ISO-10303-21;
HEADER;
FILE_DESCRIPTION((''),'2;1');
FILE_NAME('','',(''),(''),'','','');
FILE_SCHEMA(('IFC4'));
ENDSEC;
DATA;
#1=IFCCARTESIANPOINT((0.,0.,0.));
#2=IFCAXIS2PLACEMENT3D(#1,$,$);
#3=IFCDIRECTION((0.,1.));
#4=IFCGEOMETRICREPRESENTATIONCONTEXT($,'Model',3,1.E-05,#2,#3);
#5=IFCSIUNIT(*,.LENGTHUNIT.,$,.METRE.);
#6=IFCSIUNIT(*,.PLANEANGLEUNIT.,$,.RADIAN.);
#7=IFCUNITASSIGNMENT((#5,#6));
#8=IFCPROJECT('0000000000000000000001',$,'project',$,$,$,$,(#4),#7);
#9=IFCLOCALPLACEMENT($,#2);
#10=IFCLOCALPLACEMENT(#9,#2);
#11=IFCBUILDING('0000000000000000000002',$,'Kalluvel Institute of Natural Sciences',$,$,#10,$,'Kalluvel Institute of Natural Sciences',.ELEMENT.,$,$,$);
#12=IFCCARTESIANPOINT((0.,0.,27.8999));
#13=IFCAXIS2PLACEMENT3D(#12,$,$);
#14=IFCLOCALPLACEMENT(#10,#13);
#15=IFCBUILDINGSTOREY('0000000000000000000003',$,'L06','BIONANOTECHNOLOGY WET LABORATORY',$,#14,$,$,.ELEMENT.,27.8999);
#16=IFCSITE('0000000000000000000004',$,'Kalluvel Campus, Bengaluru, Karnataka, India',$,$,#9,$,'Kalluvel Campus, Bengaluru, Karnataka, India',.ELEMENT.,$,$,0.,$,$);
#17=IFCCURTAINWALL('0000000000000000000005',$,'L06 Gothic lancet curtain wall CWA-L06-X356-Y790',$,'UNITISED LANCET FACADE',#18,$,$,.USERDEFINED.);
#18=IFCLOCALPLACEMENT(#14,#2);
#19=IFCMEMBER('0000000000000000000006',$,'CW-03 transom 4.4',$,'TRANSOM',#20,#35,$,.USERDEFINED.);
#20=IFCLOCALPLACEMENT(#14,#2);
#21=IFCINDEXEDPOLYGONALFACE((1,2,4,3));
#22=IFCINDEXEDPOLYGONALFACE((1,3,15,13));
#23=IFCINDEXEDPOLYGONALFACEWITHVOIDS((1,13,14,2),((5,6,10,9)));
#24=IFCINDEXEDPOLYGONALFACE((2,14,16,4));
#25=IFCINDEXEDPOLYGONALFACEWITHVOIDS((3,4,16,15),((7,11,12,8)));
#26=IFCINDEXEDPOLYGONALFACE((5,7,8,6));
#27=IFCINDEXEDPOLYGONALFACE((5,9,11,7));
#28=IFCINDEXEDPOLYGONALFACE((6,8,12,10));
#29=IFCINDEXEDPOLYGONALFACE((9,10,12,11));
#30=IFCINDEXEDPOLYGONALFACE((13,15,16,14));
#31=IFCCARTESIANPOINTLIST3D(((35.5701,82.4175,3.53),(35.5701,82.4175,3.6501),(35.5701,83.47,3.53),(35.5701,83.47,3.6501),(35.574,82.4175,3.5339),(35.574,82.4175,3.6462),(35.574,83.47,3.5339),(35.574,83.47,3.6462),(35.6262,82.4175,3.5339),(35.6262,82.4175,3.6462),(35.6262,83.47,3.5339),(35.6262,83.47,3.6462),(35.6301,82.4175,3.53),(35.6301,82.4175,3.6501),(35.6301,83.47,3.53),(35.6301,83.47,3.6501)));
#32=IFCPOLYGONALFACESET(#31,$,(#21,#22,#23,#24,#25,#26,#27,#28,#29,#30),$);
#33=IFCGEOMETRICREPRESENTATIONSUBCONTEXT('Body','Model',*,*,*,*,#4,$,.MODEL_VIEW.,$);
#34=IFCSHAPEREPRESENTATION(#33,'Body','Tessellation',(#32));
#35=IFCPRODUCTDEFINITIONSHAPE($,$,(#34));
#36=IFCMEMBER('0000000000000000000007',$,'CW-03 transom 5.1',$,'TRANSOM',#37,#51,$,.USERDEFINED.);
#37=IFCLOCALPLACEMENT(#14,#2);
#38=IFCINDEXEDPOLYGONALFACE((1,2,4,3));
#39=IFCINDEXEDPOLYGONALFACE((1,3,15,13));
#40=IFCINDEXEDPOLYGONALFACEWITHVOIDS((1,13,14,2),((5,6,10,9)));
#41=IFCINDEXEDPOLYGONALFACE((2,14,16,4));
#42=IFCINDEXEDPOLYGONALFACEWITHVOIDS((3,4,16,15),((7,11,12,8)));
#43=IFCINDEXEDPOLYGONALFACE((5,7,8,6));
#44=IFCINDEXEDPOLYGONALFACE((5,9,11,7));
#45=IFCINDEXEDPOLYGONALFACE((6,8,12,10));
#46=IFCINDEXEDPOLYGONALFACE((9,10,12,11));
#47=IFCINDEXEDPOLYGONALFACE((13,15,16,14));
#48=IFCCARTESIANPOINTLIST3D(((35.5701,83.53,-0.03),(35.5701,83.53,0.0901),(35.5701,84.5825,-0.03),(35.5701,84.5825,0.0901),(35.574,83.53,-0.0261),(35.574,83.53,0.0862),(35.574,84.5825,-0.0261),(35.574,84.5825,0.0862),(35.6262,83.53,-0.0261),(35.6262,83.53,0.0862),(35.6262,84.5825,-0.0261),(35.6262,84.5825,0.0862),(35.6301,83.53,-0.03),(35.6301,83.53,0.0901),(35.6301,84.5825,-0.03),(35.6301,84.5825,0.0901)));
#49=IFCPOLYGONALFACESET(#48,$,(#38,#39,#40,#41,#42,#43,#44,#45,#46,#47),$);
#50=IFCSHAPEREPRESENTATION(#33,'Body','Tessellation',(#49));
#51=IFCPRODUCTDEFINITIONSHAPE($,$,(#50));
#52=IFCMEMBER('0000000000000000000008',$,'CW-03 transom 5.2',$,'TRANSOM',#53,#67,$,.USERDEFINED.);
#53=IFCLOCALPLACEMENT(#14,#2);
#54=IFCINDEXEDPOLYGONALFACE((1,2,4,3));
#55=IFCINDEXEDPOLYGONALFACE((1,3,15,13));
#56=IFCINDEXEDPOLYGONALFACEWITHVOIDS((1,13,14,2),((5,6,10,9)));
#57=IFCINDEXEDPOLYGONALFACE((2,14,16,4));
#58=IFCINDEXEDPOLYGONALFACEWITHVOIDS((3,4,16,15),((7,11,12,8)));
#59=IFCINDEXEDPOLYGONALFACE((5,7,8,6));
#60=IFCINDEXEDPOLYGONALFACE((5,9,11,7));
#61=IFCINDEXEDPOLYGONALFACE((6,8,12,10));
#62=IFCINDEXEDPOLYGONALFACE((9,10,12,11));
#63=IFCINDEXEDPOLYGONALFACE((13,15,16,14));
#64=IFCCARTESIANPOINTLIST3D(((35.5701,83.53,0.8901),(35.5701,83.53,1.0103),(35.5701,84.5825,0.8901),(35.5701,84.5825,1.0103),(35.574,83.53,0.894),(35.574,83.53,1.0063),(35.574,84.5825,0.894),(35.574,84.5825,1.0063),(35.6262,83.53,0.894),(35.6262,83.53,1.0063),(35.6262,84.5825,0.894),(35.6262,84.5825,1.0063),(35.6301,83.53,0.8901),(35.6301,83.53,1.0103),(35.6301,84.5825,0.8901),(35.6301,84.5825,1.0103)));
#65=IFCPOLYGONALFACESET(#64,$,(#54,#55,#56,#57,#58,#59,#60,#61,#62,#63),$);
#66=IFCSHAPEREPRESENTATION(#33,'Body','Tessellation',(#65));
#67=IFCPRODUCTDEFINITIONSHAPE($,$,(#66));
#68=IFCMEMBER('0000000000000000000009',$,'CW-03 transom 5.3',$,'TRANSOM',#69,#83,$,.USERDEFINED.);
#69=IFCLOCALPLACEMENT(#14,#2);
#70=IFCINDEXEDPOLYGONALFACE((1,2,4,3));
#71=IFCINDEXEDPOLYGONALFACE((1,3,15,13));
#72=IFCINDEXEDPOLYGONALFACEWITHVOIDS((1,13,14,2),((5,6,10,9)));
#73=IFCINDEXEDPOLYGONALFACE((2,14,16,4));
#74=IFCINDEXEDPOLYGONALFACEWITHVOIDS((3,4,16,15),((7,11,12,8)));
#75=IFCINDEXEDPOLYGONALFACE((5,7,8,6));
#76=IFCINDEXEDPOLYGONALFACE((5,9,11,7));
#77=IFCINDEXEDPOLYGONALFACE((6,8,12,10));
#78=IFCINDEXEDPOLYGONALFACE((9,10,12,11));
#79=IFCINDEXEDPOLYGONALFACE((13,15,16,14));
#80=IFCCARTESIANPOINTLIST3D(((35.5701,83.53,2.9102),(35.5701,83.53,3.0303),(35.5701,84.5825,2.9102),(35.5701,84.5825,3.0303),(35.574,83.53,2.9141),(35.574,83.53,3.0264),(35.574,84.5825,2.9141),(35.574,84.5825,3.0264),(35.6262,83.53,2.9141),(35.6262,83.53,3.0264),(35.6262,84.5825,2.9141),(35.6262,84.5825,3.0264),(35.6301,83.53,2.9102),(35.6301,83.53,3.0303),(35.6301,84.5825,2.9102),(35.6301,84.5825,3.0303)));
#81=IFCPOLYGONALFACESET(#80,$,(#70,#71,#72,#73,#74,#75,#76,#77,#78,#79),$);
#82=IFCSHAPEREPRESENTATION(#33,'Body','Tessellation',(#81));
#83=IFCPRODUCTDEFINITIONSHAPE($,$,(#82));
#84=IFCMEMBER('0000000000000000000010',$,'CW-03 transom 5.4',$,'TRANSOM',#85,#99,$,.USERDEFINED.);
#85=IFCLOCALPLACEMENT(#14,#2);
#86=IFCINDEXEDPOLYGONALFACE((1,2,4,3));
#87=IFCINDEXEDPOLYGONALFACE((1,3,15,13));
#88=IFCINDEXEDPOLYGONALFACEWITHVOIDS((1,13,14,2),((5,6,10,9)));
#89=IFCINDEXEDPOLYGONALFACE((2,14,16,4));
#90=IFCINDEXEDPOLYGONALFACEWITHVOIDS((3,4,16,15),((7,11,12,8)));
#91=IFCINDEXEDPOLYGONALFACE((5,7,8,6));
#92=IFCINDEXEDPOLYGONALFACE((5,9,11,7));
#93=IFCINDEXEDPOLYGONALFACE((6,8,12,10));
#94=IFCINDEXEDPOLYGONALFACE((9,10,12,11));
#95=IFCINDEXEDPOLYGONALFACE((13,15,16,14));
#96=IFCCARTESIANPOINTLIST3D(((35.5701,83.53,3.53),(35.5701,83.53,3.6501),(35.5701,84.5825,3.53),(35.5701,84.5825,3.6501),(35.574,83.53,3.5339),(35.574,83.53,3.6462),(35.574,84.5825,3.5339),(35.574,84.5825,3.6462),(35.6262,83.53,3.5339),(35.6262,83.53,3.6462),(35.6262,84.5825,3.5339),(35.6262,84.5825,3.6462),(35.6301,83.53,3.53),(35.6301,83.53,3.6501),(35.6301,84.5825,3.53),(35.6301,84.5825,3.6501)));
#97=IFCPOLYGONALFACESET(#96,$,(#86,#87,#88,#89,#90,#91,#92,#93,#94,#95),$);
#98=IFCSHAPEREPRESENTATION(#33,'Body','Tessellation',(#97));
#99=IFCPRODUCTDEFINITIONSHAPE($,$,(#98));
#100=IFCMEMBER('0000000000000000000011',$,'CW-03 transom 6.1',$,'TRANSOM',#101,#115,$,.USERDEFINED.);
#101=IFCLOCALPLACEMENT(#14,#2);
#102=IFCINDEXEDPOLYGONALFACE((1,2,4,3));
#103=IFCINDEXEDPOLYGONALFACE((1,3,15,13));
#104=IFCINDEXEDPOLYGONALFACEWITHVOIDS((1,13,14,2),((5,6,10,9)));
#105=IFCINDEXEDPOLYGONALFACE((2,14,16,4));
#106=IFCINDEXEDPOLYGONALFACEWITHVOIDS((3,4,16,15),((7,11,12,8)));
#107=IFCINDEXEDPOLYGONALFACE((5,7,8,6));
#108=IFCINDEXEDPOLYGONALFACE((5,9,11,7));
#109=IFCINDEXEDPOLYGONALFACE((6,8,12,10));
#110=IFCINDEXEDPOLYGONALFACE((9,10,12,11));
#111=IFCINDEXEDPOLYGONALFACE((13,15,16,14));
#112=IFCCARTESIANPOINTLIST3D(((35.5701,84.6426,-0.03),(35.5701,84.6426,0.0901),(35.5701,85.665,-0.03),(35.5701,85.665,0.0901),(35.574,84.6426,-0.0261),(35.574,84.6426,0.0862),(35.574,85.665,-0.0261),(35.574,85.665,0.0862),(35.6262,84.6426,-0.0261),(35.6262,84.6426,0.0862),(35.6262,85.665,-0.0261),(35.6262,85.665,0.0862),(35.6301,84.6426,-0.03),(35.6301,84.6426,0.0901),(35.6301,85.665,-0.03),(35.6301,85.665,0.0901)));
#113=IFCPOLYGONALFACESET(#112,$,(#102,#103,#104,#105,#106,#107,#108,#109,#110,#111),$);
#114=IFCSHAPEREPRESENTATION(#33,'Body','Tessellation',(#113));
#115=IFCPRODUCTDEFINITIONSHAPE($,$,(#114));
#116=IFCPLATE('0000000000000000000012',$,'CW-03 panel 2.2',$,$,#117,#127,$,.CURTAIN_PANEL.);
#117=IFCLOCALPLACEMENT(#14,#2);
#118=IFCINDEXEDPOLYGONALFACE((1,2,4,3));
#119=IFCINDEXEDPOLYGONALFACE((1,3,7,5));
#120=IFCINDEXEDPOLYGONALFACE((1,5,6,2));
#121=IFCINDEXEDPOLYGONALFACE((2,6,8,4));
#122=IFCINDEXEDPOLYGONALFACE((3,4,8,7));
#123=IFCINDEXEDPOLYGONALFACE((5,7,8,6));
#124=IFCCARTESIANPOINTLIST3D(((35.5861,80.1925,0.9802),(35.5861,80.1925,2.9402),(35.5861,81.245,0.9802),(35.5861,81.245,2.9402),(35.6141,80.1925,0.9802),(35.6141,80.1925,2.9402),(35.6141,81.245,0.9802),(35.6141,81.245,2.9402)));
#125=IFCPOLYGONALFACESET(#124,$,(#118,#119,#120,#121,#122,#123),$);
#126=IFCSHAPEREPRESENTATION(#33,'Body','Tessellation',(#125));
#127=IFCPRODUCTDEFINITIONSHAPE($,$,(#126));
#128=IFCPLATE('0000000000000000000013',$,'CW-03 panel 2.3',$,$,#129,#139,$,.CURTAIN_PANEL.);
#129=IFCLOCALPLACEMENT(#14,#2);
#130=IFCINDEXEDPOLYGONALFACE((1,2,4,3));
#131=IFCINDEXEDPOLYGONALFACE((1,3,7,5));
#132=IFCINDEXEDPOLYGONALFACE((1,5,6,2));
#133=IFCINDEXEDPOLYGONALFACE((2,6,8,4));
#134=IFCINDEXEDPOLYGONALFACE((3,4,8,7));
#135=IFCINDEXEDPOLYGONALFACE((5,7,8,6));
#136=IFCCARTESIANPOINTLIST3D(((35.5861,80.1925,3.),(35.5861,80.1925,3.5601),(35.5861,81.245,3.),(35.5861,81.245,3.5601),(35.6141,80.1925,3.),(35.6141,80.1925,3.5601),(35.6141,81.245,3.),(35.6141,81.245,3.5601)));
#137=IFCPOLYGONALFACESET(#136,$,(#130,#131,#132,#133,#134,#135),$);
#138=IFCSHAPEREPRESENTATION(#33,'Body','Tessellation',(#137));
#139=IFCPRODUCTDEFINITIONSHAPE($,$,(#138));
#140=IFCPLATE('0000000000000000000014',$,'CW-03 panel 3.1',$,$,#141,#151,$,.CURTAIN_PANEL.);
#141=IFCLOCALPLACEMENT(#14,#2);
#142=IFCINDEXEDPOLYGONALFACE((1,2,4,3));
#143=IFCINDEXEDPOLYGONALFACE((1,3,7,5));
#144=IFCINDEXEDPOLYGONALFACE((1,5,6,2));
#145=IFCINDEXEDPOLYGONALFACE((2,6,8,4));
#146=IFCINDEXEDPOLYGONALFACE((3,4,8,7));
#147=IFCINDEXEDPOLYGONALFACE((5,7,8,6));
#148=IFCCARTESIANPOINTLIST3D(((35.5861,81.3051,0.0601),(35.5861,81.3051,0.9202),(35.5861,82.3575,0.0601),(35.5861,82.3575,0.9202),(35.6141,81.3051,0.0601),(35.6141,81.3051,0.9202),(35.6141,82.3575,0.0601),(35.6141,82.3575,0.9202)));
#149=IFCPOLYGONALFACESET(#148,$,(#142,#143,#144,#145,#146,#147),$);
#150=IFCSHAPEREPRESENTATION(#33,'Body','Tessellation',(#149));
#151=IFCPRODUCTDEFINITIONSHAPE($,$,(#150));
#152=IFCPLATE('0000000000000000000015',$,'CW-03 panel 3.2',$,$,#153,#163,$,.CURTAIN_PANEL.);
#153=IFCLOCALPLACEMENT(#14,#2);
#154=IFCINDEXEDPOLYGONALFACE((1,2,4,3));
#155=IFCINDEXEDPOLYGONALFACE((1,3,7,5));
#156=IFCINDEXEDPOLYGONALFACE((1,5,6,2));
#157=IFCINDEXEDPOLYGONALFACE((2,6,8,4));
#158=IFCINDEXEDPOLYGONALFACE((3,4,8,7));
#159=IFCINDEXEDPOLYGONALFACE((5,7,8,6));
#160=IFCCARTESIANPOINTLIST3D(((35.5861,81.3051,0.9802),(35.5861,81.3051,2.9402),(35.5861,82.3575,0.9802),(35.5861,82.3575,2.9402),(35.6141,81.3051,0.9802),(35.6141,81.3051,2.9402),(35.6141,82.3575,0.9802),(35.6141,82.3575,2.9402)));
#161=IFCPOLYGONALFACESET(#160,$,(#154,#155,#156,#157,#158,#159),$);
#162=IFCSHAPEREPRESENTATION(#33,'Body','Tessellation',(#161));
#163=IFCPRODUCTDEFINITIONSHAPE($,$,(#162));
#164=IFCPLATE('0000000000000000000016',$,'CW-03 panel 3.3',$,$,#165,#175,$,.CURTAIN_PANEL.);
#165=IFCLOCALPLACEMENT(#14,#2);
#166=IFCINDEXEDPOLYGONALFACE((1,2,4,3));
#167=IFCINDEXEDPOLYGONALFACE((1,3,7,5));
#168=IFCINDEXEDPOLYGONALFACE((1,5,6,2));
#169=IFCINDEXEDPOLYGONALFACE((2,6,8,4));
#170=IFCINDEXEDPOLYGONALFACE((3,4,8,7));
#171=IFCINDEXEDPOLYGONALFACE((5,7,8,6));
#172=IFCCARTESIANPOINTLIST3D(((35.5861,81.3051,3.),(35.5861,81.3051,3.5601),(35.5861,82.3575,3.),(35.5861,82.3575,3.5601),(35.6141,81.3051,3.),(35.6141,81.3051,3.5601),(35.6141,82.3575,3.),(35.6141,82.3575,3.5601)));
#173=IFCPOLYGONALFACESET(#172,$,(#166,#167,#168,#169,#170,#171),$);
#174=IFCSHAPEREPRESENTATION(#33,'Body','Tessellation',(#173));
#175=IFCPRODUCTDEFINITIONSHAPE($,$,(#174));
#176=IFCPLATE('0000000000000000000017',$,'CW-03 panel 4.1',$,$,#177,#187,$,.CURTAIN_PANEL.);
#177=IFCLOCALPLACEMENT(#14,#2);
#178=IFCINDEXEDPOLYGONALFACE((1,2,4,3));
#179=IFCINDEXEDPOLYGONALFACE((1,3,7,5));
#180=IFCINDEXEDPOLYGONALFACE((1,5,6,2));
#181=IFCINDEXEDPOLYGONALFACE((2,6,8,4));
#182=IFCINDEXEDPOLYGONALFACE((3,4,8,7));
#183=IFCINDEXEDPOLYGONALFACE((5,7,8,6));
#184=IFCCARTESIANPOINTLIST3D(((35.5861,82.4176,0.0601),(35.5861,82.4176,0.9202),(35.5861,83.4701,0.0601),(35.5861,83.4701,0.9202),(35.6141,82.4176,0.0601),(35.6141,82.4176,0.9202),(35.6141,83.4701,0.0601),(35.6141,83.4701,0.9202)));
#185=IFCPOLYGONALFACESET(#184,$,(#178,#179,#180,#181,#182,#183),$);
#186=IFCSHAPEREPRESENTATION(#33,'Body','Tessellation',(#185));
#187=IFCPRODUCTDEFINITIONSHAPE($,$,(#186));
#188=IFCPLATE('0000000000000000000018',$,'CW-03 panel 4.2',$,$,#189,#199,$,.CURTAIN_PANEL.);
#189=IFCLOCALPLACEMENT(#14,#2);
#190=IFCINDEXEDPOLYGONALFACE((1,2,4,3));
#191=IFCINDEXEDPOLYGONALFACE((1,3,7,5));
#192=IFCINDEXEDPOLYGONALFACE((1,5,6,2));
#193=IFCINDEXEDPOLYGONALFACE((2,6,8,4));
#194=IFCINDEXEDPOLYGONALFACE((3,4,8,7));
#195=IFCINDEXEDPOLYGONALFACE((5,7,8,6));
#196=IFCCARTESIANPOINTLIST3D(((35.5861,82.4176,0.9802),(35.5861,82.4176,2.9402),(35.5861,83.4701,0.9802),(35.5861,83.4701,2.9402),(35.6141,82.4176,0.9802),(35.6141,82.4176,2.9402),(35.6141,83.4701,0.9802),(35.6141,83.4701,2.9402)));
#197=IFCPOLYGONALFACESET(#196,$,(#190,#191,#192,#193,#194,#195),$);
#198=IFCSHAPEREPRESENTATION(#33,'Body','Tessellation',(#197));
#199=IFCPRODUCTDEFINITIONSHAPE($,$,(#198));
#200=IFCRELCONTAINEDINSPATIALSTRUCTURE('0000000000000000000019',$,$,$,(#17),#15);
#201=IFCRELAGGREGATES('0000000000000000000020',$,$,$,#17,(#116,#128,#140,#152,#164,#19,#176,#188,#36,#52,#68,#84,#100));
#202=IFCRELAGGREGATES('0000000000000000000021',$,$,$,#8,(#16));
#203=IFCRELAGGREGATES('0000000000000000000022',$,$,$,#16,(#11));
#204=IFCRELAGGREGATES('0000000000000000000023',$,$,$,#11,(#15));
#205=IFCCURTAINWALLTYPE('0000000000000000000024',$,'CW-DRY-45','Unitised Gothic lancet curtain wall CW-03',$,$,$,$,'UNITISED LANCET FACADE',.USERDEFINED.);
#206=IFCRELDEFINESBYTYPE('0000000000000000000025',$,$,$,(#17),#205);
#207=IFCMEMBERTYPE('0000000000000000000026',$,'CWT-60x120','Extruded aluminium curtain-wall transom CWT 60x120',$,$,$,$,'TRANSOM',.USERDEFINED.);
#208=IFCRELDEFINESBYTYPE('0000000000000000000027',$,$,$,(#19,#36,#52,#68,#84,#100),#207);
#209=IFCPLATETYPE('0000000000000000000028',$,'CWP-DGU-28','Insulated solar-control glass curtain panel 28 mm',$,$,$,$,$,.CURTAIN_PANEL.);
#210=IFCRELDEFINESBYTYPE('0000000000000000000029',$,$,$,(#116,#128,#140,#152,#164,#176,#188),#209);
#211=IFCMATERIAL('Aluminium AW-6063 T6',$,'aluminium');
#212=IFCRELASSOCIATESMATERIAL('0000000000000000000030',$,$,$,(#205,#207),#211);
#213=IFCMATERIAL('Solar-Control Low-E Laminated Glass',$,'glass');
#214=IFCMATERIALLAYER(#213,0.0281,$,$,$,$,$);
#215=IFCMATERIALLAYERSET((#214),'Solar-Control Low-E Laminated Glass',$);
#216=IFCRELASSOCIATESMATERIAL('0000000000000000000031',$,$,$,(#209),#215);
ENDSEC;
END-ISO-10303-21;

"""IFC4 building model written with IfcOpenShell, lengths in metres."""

from ifc_helpers import new_model, si_unit, direction, frame, origin, origin_2d, place, context, subcontext, project, spatial, rectangle, hollow_rectangle, extrude, material, layer, layer_set, material_profile, profile_set, type_object, element, aggregate, save


model = new_model("IFC4")

# Units and contexts
model_context = context("Model", 3, precision=1e-05, world=origin(), true_north=direction((0.0, 1.0)))
body_context = subcontext(model_context, "Body", "Model", "MODEL_VIEW")
ifc_project = project(units=[si_unit("LENGTHUNIT", "METRE"), si_unit("PLANEANGLEUNIT", "RADIAN")], contexts=[model_context])

# Site, building, storey
site_placement = place(None, origin())
site = spatial("IfcSite", under=ifc_project, at=site_placement, Name="Kalluvel Campus, Bengaluru, Karnataka, India", LongName="Kalluvel Campus, Bengaluru, Karnataka, India", CompositionType="ELEMENT", RefElevation=0.0)
building_placement = place(site_placement, origin())
building = spatial("IfcBuilding", under=site, at=building_placement, Name="Kalluvel Institute of Natural Sciences", LongName="Kalluvel Institute of Natural Sciences", CompositionType="ELEMENT")
storey_placement = place(building_placement, frame((0.0, 0.0, 27.8999)))
storey = spatial("IfcBuildingStorey", under=building, at=storey_placement, Name="L06", Description="BIONANOTECHNOLOGY WET LABORATORY", CompositionType="ELEMENT", Elevation=27.8999)

# Curtain wall, members, plates
ifc_material_1 = material(Name="Aluminium AW-6063 T6", Category="aluminium")
curtain_wall_type = type_object("IfcCurtainWallType", Name="CW-DRY-45", Description="Unitised Gothic lancet curtain wall CW-03", ElementType="UNITISED LANCET FACADE", PredefinedType="USERDEFINED", material=ifc_material_1)
curtain_wall_placement = place(storey_placement, origin())
curtain_wall = element("IfcCurtainWall", 1, at=curtain_wall_placement, inside=storey, type_object=curtain_wall_type, Name="L06 Gothic lancet curtain wall CWA-L06-X356-Y790", ObjectType="UNITISED LANCET FACADE", PredefinedType="USERDEFINED")
ifc_material_profile_1 = material_profile(ifc_material_1, hollow_rectangle(XDim=0.0601, YDim=0.1201, WallThickness=0.0039, at=origin_2d()), Name="CWT 60x120")
ifc_profile_set_1 = profile_set([ifc_material_profile_1], Name="Aluminium AW-6063 T6")
member_type_1 = type_object("IfcMemberType", Name="CWT-60x120", Description="Extruded aluminium curtain-wall transom CWT 60x120", ElementType="TRANSOM", PredefinedType="USERDEFINED", material=ifc_profile_set_1)
member_1_placement = place(storey_placement, frame((35.6001, 82.4175, 3.5901), z_axis=(0.0, 1.0, 0.0), x_axis=(-1.0, 0.0, 0.0)))
member_1 = element("IfcMember", 2, at=member_1_placement, type_object=member_type_1, Name="CW-03 transom 4.4", ObjectType="TRANSOM", PredefinedType="USERDEFINED", context=body_context, shape_type="SweptSolid", body=[
    extrude(hollow_rectangle(XDim=0.0601, YDim=0.1201, WallThickness=0.0039, at=origin_2d()), origin(), (0.0, 0.0, 1.0), 1.0525),
])
member_2_placement = place(storey_placement, frame((35.6001, 83.53, 0.03), z_axis=(0.0, 1.0, 0.0), x_axis=(-1.0, 0.0, 0.0)))
member_2 = element("IfcMember", 3, at=member_2_placement, type_object=member_type_1, Name="CW-03 transom 5.1", ObjectType="TRANSOM", PredefinedType="USERDEFINED", context=body_context, shape_type="SweptSolid", body=[
    extrude(hollow_rectangle(XDim=0.0601, YDim=0.1201, WallThickness=0.0039, at=origin_2d()), origin(), (0.0, 0.0, 1.0), 1.0525),
])
member_3_placement = place(storey_placement, frame((35.6001, 83.53, 0.9502), z_axis=(0.0, 1.0, 0.0), x_axis=(-1.0, 0.0, 0.0)))
member_3 = element("IfcMember", 4, at=member_3_placement, type_object=member_type_1, Name="CW-03 transom 5.2", ObjectType="TRANSOM", PredefinedType="USERDEFINED", context=body_context, shape_type="SweptSolid", body=[
    extrude(hollow_rectangle(XDim=0.0601, YDim=0.1201, WallThickness=0.0039, at=origin_2d()), origin(), (0.0, 0.0, 1.0), 1.0525),
])
member_4_placement = place(storey_placement, frame((35.6001, 83.53, 2.9702), z_axis=(0.0, 1.0, 0.0), x_axis=(-1.0, 0.0, 0.0)))
member_4 = element("IfcMember", 5, at=member_4_placement, type_object=member_type_1, Name="CW-03 transom 5.3", ObjectType="TRANSOM", PredefinedType="USERDEFINED", context=body_context, shape_type="SweptSolid", body=[
    extrude(hollow_rectangle(XDim=0.0601, YDim=0.1201, WallThickness=0.0039, at=origin_2d()), origin(), (0.0, 0.0, 1.0), 1.0525),
])
member_5_placement = place(storey_placement, frame((35.6001, 83.53, 3.5901), z_axis=(0.0, 1.0, 0.0), x_axis=(-1.0, 0.0, 0.0)))
member_5 = element("IfcMember", 6, at=member_5_placement, type_object=member_type_1, Name="CW-03 transom 5.4", ObjectType="TRANSOM", PredefinedType="USERDEFINED", context=body_context, shape_type="SweptSolid", body=[
    extrude(hollow_rectangle(XDim=0.0601, YDim=0.1201, WallThickness=0.0039, at=origin_2d()), origin(), (0.0, 0.0, 1.0), 1.0525),
])
member_6_placement = place(storey_placement, frame((35.6001, 84.6426, 0.03), z_axis=(0.0, 1.0, 0.0), x_axis=(-1.0, 0.0, 0.0)))
member_6 = element("IfcMember", 7, at=member_6_placement, type_object=member_type_1, Name="CW-03 transom 6.1", ObjectType="TRANSOM", PredefinedType="USERDEFINED", context=body_context, shape_type="SweptSolid", body=[
    extrude(hollow_rectangle(XDim=0.0601, YDim=0.1201, WallThickness=0.0039, at=origin_2d()), origin(), (0.0, 0.0, 1.0), 1.0225),
])
ifc_material_2 = material(Name="Solar-Control Low-E Laminated Glass", Category="glass")
ifc_layer = layer(ifc_material_2, 0.0281)
ifc_layer_set = layer_set([ifc_layer], Name="Solar-Control Low-E Laminated Glass")
plate_type = type_object("IfcPlateType", Name="CWP-DGU-28", Description="Insulated solar-control glass curtain panel 28 mm", PredefinedType="CURTAIN_PANEL", material=ifc_layer_set)
plate_1_placement = place(storey_placement, frame((35.6001, 80.7188, 0.9802), z_axis=(0.0, 0.0, 1.0), x_axis=(0.0, 1.0, 0.0)))
plate_1 = element("IfcPlate", 8, at=plate_1_placement, type_object=plate_type, Name="CW-03 panel 2.2", PredefinedType="CURTAIN_PANEL", context=body_context, shape_type="SweptSolid", body=[
    extrude(rectangle(XDim=1.0525, YDim=0.0281, at=origin_2d()), origin(), (0.0, 0.0, 1.0), 1.96),
])
plate_2_placement = place(storey_placement, frame((35.6001, 80.7188, 3.0), z_axis=(0.0, 0.0, 1.0), x_axis=(0.0, 1.0, 0.0)))
plate_2 = element("IfcPlate", 9, at=plate_2_placement, type_object=plate_type, Name="CW-03 panel 2.3", PredefinedType="CURTAIN_PANEL", context=body_context, shape_type="SweptSolid", body=[
    extrude(rectangle(XDim=1.0525, YDim=0.0281, at=origin_2d()), origin(), (0.0, 0.0, 1.0), 0.5601),
])
plate_3_placement = place(storey_placement, frame((35.6001, 81.8313, 0.0601), z_axis=(0.0, 0.0, 1.0), x_axis=(0.0, 1.0, 0.0)))
plate_3 = element("IfcPlate", 10, at=plate_3_placement, type_object=plate_type, Name="CW-03 panel 3.1", PredefinedType="CURTAIN_PANEL", context=body_context, shape_type="SweptSolid", body=[
    extrude(rectangle(XDim=1.0525, YDim=0.0281, at=origin_2d()), origin(), (0.0, 0.0, 1.0), 0.8601),
])
plate_4_placement = place(storey_placement, frame((35.6001, 81.8313, 0.9802), z_axis=(0.0, 0.0, 1.0), x_axis=(0.0, 1.0, 0.0)))
plate_4 = element("IfcPlate", 11, at=plate_4_placement, type_object=plate_type, Name="CW-03 panel 3.2", PredefinedType="CURTAIN_PANEL", context=body_context, shape_type="SweptSolid", body=[
    extrude(rectangle(XDim=1.0525, YDim=0.0281, at=origin_2d()), origin(), (0.0, 0.0, 1.0), 1.96),
])
plate_5_placement = place(storey_placement, frame((35.6001, 81.8313, 3.0), z_axis=(0.0, 0.0, 1.0), x_axis=(0.0, 1.0, 0.0)))
plate_5 = element("IfcPlate", 12, at=plate_5_placement, type_object=plate_type, Name="CW-03 panel 3.3", PredefinedType="CURTAIN_PANEL", context=body_context, shape_type="SweptSolid", body=[
    extrude(rectangle(XDim=1.0525, YDim=0.0281, at=origin_2d()), origin(), (0.0, 0.0, 1.0), 0.5601),
])
plate_6_placement = place(storey_placement, frame((35.6001, 82.9438, 0.0601), z_axis=(0.0, 0.0, 1.0), x_axis=(0.0, 1.0, 0.0)))
plate_6 = element("IfcPlate", 13, at=plate_6_placement, type_object=plate_type, Name="CW-03 panel 4.1", PredefinedType="CURTAIN_PANEL", context=body_context, shape_type="SweptSolid", body=[
    extrude(rectangle(XDim=1.0525, YDim=0.0281, at=origin_2d()), origin(), (0.0, 0.0, 1.0), 0.8601),
])
plate_7_placement = place(storey_placement, frame((35.6001, 82.9438, 0.9802), z_axis=(0.0, 0.0, 1.0), x_axis=(0.0, 1.0, 0.0)))
plate_7 = element("IfcPlate", 14, at=plate_7_placement, type_object=plate_type, Name="CW-03 panel 4.2", PredefinedType="CURTAIN_PANEL", context=body_context, shape_type="SweptSolid", body=[
    extrude(rectangle(XDim=1.0525, YDim=0.0281, at=origin_2d()), origin(), (0.0, 0.0, 1.0), 1.96),
])
aggregate(curtain_wall, [plate_1, plate_2, plate_3, plate_4, plate_5, member_1, plate_6, plate_7, member_2, member_3, member_4, member_5, member_6])

save(model, "model.ifc")
